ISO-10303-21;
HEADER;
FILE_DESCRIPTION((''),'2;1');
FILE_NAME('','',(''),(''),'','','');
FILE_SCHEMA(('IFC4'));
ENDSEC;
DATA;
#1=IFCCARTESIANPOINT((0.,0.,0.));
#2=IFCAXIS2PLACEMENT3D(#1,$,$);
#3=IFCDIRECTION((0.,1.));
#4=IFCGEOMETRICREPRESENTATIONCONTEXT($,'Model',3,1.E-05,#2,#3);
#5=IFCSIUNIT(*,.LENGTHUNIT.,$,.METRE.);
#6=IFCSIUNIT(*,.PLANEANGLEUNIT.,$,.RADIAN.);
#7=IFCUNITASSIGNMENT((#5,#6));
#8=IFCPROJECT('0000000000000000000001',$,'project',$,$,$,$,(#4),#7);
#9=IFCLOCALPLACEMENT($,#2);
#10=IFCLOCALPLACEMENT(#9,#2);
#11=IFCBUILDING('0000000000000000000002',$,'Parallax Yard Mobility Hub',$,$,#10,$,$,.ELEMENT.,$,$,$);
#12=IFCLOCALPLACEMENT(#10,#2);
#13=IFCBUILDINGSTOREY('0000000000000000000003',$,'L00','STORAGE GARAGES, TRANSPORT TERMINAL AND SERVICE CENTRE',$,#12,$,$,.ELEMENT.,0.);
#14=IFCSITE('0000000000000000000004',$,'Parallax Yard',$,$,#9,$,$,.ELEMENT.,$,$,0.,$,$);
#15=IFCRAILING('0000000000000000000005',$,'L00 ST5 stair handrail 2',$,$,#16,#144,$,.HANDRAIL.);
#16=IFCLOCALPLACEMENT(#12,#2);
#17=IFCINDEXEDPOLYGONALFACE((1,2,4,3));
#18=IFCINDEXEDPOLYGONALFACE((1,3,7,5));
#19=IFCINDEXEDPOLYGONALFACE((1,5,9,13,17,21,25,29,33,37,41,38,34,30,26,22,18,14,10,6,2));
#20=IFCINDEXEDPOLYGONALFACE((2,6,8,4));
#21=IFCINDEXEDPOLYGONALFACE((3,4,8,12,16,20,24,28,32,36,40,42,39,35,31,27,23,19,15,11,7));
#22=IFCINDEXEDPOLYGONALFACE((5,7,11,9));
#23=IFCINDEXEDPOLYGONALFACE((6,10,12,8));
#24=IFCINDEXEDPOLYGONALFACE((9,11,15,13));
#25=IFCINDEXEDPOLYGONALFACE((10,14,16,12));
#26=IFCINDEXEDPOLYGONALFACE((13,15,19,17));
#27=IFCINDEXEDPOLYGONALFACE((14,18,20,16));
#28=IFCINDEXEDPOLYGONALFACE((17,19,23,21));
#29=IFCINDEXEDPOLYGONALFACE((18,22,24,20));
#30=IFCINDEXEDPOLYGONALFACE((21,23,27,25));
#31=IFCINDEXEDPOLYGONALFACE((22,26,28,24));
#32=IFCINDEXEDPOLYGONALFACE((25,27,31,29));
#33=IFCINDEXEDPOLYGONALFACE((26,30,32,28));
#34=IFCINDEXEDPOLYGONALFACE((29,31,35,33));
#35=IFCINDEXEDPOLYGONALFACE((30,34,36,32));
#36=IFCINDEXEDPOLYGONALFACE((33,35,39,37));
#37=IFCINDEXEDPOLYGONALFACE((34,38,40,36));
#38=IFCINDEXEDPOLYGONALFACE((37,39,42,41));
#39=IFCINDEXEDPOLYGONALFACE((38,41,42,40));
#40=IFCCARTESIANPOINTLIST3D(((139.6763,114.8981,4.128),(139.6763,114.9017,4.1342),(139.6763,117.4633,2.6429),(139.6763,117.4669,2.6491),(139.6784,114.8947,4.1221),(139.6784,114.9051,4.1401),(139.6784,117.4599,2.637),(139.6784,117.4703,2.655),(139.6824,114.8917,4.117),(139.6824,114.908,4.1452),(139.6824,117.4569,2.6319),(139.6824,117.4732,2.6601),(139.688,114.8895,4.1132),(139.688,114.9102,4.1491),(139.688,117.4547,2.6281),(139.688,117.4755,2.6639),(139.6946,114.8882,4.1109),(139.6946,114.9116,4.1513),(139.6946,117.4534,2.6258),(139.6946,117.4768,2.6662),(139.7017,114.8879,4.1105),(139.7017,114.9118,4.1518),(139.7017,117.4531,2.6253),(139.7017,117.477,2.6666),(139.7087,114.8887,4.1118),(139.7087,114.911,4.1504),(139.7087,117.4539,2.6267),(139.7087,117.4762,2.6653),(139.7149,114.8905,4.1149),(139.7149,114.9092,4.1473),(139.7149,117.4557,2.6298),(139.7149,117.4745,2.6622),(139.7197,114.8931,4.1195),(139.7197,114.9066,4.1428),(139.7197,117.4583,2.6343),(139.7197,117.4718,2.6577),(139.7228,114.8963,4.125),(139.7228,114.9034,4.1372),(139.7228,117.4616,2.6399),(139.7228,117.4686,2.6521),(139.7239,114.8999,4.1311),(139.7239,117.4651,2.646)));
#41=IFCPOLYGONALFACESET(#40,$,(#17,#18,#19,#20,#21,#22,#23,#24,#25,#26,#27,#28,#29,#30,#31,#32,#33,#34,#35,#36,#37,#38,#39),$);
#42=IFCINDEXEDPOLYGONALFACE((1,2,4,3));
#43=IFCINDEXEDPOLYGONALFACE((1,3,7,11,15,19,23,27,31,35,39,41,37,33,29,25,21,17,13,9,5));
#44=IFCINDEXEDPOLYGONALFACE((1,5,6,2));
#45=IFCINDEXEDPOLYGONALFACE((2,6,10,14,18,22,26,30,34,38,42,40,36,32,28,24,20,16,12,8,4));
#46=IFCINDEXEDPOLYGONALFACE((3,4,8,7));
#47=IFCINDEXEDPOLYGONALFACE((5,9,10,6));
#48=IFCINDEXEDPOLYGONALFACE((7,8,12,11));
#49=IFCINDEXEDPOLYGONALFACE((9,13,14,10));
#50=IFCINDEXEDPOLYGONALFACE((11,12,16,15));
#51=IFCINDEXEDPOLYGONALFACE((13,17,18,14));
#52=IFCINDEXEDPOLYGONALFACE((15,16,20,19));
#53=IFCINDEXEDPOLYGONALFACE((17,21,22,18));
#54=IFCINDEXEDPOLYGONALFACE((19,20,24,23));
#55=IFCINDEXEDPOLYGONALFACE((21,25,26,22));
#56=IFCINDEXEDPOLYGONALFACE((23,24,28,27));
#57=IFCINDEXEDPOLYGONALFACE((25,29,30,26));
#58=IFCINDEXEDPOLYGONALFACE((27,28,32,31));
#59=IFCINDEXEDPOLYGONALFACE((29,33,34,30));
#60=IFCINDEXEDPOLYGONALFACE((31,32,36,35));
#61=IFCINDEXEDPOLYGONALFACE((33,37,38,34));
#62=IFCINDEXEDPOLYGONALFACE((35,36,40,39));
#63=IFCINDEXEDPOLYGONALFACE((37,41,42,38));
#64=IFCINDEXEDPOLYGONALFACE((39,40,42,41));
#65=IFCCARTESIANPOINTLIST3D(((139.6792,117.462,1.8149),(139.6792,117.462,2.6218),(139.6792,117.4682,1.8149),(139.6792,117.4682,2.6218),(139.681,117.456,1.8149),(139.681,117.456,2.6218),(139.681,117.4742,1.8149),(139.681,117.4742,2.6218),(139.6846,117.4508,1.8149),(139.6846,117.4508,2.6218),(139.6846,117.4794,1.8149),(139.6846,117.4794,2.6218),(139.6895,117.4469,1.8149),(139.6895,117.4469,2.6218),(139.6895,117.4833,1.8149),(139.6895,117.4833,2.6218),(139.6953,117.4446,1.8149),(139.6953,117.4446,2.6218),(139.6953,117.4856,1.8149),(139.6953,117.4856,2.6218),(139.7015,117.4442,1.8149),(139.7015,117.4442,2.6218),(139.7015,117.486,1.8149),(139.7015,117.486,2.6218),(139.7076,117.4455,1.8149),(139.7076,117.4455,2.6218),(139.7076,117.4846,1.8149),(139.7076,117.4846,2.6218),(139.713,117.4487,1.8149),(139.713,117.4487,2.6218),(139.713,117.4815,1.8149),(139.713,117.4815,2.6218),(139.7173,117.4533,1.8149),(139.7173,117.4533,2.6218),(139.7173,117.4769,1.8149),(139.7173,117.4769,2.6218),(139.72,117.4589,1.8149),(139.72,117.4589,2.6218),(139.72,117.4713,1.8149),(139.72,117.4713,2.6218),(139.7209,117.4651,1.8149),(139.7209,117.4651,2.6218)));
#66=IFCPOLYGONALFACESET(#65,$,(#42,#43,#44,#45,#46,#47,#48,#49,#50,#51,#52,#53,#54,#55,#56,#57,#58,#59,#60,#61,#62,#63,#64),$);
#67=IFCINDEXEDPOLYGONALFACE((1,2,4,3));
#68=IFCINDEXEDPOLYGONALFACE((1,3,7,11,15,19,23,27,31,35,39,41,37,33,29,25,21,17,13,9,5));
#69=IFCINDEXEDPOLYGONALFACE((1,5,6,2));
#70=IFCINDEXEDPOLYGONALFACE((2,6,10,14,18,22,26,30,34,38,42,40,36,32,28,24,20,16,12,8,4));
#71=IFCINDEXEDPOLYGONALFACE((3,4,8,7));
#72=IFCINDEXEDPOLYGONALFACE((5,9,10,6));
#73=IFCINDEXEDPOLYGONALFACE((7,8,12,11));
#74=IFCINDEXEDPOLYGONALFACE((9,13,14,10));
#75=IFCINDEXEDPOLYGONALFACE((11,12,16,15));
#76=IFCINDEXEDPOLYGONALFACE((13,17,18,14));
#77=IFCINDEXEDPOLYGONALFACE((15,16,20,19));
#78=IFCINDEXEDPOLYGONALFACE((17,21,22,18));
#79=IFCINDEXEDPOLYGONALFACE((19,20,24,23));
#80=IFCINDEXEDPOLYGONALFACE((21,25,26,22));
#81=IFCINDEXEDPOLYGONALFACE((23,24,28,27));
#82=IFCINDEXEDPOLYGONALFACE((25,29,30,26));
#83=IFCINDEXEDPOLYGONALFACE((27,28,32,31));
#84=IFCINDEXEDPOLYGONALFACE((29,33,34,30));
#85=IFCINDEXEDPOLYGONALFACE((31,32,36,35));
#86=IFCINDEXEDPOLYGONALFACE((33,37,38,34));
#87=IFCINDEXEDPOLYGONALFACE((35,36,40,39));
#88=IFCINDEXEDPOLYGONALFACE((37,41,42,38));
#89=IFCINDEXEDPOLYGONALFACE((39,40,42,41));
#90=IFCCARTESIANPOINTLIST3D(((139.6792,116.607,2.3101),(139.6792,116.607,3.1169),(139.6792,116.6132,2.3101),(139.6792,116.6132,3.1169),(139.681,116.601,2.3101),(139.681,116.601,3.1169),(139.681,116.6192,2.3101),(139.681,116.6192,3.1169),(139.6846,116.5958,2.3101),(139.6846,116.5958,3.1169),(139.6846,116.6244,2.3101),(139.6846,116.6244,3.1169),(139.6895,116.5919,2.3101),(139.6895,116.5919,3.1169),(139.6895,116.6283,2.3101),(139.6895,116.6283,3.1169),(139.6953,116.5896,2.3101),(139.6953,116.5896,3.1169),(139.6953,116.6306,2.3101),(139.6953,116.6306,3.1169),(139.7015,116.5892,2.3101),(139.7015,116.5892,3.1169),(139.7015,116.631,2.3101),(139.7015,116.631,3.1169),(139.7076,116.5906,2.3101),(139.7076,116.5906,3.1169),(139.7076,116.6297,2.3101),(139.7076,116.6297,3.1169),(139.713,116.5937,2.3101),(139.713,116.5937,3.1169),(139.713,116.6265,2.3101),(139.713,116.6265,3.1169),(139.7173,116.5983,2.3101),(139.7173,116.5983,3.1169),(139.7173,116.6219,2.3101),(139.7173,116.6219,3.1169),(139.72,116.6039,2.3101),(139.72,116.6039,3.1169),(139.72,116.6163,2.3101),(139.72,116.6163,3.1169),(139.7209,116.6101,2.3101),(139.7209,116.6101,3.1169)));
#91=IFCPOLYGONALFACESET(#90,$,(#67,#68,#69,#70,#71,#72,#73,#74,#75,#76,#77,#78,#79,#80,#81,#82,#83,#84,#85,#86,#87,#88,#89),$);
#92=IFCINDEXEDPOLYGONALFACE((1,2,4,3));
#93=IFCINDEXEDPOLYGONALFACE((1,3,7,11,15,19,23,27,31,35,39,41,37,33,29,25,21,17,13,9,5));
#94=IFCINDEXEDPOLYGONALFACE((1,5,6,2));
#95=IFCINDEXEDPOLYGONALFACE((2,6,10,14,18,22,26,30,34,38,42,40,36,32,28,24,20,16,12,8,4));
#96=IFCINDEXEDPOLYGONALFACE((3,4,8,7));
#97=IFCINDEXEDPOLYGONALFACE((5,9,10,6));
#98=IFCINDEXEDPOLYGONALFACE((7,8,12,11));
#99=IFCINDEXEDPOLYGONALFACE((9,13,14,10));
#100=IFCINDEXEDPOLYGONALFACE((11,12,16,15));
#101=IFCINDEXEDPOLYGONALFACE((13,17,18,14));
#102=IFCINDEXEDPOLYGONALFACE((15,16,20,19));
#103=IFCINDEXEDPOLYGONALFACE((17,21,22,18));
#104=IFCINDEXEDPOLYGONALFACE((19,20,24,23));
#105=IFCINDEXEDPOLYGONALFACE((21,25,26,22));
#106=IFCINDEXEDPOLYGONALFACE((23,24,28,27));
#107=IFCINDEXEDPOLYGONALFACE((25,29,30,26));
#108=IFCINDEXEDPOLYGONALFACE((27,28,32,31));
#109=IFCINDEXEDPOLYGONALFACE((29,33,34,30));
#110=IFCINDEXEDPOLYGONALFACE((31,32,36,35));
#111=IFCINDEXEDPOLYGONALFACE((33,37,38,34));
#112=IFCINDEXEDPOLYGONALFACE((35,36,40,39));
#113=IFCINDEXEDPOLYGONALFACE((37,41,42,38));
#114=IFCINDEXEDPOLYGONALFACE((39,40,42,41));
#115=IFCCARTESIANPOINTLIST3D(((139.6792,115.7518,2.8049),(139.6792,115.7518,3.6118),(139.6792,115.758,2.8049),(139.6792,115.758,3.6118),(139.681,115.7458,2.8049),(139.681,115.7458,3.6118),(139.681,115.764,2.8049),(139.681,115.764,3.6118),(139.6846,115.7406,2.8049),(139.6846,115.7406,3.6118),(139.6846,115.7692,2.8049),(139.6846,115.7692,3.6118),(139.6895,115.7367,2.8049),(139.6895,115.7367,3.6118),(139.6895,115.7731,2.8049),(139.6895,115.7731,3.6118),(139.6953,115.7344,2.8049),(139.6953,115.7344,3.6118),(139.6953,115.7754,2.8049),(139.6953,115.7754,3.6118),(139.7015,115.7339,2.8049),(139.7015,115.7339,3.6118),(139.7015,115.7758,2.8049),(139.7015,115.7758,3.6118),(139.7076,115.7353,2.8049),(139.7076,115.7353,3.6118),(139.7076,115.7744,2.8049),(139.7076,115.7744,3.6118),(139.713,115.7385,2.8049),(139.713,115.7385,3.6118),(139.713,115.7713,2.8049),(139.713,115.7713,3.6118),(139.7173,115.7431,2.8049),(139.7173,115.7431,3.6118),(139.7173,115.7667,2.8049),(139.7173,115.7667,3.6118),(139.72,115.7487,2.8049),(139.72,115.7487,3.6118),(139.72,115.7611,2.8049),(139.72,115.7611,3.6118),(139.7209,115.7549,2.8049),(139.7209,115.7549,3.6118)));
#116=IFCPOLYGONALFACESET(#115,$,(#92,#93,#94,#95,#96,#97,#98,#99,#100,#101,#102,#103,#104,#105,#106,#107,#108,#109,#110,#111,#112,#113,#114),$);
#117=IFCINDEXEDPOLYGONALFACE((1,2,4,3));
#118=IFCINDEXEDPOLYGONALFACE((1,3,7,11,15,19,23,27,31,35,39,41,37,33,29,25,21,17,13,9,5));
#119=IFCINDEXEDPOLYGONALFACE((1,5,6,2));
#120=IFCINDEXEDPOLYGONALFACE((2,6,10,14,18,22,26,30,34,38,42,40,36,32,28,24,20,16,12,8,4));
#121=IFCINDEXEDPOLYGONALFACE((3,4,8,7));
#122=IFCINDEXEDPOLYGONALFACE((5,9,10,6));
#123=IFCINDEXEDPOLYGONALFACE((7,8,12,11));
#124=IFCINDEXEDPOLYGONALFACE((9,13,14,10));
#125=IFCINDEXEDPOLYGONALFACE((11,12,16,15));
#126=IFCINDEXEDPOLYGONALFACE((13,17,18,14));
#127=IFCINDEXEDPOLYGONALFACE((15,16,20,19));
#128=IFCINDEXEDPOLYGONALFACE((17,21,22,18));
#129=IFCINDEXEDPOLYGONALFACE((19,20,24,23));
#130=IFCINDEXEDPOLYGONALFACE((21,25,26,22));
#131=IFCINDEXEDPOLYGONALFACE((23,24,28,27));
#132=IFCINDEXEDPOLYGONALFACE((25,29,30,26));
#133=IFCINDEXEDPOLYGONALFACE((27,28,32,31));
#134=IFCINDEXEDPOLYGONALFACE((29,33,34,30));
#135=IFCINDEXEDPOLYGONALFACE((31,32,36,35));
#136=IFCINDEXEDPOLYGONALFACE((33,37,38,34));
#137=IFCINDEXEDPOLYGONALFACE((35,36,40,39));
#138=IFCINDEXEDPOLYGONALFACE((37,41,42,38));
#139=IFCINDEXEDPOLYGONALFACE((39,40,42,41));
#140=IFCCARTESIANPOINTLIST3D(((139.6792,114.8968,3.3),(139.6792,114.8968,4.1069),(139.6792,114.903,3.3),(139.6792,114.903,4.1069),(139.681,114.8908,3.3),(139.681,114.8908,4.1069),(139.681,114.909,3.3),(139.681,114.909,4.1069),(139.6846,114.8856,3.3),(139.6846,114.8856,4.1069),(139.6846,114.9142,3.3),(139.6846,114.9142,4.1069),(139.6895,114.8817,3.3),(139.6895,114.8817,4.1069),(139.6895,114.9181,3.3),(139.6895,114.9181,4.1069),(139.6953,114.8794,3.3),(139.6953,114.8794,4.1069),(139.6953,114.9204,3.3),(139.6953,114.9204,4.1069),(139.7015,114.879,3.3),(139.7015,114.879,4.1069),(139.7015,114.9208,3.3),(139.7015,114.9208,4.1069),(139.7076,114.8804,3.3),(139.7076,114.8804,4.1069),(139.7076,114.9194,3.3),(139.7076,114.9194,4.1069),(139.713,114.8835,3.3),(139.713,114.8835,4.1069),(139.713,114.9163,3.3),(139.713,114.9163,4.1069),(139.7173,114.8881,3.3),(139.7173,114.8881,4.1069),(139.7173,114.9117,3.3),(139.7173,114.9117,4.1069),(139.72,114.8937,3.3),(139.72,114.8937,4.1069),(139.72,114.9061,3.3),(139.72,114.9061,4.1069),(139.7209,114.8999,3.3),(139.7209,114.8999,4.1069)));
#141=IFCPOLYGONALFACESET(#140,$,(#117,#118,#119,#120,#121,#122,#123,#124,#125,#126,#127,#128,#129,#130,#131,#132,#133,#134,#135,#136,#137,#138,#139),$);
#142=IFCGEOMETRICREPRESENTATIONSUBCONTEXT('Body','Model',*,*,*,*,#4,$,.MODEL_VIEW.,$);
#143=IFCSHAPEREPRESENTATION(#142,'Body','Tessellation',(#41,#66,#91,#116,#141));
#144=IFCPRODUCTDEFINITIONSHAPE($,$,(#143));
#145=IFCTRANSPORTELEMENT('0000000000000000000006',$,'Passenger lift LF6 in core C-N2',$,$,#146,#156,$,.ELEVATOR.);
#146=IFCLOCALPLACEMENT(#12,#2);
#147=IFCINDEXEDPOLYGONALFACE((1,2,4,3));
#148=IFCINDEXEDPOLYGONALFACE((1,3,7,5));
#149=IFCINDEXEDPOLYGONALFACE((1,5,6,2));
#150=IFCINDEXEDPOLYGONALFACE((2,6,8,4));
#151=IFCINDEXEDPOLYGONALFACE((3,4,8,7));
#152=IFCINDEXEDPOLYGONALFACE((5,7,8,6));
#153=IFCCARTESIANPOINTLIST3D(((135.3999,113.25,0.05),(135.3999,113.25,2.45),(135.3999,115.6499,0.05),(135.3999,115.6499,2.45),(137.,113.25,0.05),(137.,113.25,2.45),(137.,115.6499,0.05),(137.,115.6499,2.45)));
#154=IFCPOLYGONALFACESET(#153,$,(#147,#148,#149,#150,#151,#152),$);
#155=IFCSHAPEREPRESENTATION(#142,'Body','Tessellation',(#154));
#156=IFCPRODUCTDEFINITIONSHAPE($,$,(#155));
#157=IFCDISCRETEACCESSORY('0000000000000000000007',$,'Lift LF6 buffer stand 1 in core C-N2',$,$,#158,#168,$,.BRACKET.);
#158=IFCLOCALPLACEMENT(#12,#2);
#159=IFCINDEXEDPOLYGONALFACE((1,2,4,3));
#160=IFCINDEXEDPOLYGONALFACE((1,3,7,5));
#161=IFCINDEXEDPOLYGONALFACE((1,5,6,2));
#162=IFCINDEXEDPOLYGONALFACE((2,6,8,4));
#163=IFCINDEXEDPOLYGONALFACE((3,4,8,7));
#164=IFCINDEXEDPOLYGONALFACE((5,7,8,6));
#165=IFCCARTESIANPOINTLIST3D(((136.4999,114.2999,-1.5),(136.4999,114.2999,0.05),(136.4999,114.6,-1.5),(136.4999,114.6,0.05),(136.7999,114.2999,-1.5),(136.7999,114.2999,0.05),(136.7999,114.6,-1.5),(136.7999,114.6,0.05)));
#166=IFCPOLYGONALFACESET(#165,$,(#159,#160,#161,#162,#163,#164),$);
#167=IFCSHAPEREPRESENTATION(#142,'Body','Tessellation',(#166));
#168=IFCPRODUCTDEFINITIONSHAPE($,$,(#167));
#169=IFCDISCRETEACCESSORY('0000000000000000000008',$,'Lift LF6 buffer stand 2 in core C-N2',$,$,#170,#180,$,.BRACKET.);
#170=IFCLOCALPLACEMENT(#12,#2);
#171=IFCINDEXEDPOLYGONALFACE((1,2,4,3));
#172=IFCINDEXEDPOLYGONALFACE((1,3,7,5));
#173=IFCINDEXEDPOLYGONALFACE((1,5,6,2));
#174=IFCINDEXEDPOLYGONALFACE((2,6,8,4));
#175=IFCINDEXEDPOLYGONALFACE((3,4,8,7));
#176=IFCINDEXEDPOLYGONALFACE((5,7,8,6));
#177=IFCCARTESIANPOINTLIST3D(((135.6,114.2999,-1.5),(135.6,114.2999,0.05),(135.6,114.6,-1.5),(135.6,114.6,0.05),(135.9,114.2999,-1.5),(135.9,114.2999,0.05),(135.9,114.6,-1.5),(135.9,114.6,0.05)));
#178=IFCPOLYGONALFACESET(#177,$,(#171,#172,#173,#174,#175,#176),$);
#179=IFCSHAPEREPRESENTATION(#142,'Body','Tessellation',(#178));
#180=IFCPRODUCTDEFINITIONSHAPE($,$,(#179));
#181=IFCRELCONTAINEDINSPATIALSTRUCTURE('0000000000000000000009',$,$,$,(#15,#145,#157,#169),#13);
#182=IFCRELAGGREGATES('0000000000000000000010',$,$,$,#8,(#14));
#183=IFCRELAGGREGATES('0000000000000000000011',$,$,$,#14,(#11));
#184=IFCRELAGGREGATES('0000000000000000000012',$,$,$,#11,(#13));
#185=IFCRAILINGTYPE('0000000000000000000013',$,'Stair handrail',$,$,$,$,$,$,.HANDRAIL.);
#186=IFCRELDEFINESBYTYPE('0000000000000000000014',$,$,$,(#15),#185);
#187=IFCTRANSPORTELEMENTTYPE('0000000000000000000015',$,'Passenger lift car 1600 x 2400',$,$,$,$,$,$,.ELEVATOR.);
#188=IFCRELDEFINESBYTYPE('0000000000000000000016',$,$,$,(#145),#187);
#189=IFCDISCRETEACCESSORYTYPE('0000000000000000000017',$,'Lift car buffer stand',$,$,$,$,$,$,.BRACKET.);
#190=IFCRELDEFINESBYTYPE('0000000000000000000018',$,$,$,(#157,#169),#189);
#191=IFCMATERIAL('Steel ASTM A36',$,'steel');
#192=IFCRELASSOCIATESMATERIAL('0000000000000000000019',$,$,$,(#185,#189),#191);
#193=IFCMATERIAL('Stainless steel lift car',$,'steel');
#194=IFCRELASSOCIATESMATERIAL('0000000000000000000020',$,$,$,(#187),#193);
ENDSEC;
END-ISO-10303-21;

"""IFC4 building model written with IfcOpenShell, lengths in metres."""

from ifc_helpers import new_model, si_unit, direction, frame, origin, origin_2d, place, context, subcontext, project, spatial, rectangle, circle, extrude, material, type_object, element, save


model = new_model("IFC4")

# Units and contexts
model_context = context("Model", 3, precision=1e-05, world=origin(), true_north=direction((0.0, 1.0)))
body_context = subcontext(model_context, "Body", "Model", "MODEL_VIEW")
ifc_project = project(units=[si_unit("LENGTHUNIT", "METRE"), si_unit("PLANEANGLEUNIT", "RADIAN")], contexts=[model_context])

# Site, building, storey
site_placement = place(None, origin())
site = spatial("IfcSite", under=ifc_project, at=site_placement, Name="Parallax Yard", CompositionType="ELEMENT", RefElevation=0.0)
building_placement = place(site_placement, origin())
building = spatial("IfcBuilding", under=site, at=building_placement, Name="Parallax Yard Mobility Hub", CompositionType="ELEMENT")
storey_placement = place(building_placement, origin())
storey = spatial("IfcBuildingStorey", under=building, at=storey_placement, Name="L00", Description="STORAGE GARAGES, TRANSPORT TERMINAL AND SERVICE CENTRE", CompositionType="ELEMENT", Elevation=0.0)

# Railing
ifc_material_1 = material(Name="Steel ASTM A36", Category="steel")
railing_type_1 = type_object("IfcRailingType", Name="Stair handrail", PredefinedType="HANDRAIL", material=ifc_material_1)
railing_1_placement = place(storey_placement, frame((139.7, 117.4651, 1.8149)))
element("IfcRailing", 1, at=railing_1_placement, inside=storey, type_object=railing_type_1, Name="L00 ST5 stair handrail 2", PredefinedType="HANDRAIL", context=body_context, shape_type="SweptSolid", body=[
    extrude(circle(Radius=0.0239, at=origin_2d()), frame((0.0, 0.0, 0.8311), z_axis=(0.0, -0.865426, 0.501036), x_axis=(1.0, 0.0, 0.0)), (0.0, 0.0, 1.0), 2.9641),
    extrude(circle(Radius=0.021, at=origin_2d()), origin(), (0.0, 0.0, 1.0), 0.8069),
    extrude(circle(Radius=0.021, at=origin_2d()), frame((0.0, -0.855, 0.4951)), (0.0, 0.0, 1.0), 0.8069),
    extrude(circle(Radius=0.021, at=origin_2d()), frame((0.0, -1.7102, 0.99)), (0.0, 0.0, 1.0), 0.8069),
    extrude(circle(Radius=0.021, at=origin_2d()), frame((0.0, -2.5652, 1.4851)), (0.0, 0.0, 1.0), 0.8069),
])

# Transport element
ifc_material_2 = material(Name="Stainless steel lift car", Category="steel")
transport_element_type = type_object("IfcTransportElementType", Name="Passenger lift car 1600 x 2400", PredefinedType="ELEVATOR", material=ifc_material_2)
transport_element_placement = place(storey_placement, frame((136.2, 114.45, 0.05), z_axis=(0.0, 0.0, 1.0), x_axis=(-1.0, 0.0, 0.0)))
element("IfcTransportElement", 2, at=transport_element_placement, inside=storey, type_object=transport_element_type, Name="Passenger lift LF6 in core C-N2", PredefinedType="ELEVATOR", context=body_context, shape_type="SweptSolid", body=[
    extrude(rectangle(XDim=1.6001, YDim=2.3999, at=origin_2d()), origin(), (0.0, 0.0, 1.0), 2.3999),
])

# Discrete accessories
discrete_accessory_type = type_object("IfcDiscreteAccessoryType", Name="Lift car buffer stand", PredefinedType="BRACKET", material=ifc_material_1)
for number, where, z_axis, x_axis, name in (
    (3, (136.6499, 114.45, -1.5), (0.0, 0.0, 1.0), (-1.0, 0.0, 0.0), "Lift LF6 buffer stand 1 in core C-N2"),
    (4, (135.75, 114.45, -1.5), (0.0, 0.0, 1.0), (-1.0, 0.0, 0.0), "Lift LF6 buffer stand 2 in core C-N2"),
):
    element("IfcDiscreteAccessory", number, at=place(storey_placement, frame(where, z_axis=z_axis, x_axis=x_axis)), inside=storey, type_object=discrete_accessory_type, Name=name, PredefinedType="BRACKET", context=body_context, shape_type="SweptSolid", body=[
        extrude(rectangle(XDim=0.3, YDim=0.3, at=origin_2d()), origin(), (0.0, 0.0, 1.0), 1.55),
    ])

save(model, "model.ifc")
